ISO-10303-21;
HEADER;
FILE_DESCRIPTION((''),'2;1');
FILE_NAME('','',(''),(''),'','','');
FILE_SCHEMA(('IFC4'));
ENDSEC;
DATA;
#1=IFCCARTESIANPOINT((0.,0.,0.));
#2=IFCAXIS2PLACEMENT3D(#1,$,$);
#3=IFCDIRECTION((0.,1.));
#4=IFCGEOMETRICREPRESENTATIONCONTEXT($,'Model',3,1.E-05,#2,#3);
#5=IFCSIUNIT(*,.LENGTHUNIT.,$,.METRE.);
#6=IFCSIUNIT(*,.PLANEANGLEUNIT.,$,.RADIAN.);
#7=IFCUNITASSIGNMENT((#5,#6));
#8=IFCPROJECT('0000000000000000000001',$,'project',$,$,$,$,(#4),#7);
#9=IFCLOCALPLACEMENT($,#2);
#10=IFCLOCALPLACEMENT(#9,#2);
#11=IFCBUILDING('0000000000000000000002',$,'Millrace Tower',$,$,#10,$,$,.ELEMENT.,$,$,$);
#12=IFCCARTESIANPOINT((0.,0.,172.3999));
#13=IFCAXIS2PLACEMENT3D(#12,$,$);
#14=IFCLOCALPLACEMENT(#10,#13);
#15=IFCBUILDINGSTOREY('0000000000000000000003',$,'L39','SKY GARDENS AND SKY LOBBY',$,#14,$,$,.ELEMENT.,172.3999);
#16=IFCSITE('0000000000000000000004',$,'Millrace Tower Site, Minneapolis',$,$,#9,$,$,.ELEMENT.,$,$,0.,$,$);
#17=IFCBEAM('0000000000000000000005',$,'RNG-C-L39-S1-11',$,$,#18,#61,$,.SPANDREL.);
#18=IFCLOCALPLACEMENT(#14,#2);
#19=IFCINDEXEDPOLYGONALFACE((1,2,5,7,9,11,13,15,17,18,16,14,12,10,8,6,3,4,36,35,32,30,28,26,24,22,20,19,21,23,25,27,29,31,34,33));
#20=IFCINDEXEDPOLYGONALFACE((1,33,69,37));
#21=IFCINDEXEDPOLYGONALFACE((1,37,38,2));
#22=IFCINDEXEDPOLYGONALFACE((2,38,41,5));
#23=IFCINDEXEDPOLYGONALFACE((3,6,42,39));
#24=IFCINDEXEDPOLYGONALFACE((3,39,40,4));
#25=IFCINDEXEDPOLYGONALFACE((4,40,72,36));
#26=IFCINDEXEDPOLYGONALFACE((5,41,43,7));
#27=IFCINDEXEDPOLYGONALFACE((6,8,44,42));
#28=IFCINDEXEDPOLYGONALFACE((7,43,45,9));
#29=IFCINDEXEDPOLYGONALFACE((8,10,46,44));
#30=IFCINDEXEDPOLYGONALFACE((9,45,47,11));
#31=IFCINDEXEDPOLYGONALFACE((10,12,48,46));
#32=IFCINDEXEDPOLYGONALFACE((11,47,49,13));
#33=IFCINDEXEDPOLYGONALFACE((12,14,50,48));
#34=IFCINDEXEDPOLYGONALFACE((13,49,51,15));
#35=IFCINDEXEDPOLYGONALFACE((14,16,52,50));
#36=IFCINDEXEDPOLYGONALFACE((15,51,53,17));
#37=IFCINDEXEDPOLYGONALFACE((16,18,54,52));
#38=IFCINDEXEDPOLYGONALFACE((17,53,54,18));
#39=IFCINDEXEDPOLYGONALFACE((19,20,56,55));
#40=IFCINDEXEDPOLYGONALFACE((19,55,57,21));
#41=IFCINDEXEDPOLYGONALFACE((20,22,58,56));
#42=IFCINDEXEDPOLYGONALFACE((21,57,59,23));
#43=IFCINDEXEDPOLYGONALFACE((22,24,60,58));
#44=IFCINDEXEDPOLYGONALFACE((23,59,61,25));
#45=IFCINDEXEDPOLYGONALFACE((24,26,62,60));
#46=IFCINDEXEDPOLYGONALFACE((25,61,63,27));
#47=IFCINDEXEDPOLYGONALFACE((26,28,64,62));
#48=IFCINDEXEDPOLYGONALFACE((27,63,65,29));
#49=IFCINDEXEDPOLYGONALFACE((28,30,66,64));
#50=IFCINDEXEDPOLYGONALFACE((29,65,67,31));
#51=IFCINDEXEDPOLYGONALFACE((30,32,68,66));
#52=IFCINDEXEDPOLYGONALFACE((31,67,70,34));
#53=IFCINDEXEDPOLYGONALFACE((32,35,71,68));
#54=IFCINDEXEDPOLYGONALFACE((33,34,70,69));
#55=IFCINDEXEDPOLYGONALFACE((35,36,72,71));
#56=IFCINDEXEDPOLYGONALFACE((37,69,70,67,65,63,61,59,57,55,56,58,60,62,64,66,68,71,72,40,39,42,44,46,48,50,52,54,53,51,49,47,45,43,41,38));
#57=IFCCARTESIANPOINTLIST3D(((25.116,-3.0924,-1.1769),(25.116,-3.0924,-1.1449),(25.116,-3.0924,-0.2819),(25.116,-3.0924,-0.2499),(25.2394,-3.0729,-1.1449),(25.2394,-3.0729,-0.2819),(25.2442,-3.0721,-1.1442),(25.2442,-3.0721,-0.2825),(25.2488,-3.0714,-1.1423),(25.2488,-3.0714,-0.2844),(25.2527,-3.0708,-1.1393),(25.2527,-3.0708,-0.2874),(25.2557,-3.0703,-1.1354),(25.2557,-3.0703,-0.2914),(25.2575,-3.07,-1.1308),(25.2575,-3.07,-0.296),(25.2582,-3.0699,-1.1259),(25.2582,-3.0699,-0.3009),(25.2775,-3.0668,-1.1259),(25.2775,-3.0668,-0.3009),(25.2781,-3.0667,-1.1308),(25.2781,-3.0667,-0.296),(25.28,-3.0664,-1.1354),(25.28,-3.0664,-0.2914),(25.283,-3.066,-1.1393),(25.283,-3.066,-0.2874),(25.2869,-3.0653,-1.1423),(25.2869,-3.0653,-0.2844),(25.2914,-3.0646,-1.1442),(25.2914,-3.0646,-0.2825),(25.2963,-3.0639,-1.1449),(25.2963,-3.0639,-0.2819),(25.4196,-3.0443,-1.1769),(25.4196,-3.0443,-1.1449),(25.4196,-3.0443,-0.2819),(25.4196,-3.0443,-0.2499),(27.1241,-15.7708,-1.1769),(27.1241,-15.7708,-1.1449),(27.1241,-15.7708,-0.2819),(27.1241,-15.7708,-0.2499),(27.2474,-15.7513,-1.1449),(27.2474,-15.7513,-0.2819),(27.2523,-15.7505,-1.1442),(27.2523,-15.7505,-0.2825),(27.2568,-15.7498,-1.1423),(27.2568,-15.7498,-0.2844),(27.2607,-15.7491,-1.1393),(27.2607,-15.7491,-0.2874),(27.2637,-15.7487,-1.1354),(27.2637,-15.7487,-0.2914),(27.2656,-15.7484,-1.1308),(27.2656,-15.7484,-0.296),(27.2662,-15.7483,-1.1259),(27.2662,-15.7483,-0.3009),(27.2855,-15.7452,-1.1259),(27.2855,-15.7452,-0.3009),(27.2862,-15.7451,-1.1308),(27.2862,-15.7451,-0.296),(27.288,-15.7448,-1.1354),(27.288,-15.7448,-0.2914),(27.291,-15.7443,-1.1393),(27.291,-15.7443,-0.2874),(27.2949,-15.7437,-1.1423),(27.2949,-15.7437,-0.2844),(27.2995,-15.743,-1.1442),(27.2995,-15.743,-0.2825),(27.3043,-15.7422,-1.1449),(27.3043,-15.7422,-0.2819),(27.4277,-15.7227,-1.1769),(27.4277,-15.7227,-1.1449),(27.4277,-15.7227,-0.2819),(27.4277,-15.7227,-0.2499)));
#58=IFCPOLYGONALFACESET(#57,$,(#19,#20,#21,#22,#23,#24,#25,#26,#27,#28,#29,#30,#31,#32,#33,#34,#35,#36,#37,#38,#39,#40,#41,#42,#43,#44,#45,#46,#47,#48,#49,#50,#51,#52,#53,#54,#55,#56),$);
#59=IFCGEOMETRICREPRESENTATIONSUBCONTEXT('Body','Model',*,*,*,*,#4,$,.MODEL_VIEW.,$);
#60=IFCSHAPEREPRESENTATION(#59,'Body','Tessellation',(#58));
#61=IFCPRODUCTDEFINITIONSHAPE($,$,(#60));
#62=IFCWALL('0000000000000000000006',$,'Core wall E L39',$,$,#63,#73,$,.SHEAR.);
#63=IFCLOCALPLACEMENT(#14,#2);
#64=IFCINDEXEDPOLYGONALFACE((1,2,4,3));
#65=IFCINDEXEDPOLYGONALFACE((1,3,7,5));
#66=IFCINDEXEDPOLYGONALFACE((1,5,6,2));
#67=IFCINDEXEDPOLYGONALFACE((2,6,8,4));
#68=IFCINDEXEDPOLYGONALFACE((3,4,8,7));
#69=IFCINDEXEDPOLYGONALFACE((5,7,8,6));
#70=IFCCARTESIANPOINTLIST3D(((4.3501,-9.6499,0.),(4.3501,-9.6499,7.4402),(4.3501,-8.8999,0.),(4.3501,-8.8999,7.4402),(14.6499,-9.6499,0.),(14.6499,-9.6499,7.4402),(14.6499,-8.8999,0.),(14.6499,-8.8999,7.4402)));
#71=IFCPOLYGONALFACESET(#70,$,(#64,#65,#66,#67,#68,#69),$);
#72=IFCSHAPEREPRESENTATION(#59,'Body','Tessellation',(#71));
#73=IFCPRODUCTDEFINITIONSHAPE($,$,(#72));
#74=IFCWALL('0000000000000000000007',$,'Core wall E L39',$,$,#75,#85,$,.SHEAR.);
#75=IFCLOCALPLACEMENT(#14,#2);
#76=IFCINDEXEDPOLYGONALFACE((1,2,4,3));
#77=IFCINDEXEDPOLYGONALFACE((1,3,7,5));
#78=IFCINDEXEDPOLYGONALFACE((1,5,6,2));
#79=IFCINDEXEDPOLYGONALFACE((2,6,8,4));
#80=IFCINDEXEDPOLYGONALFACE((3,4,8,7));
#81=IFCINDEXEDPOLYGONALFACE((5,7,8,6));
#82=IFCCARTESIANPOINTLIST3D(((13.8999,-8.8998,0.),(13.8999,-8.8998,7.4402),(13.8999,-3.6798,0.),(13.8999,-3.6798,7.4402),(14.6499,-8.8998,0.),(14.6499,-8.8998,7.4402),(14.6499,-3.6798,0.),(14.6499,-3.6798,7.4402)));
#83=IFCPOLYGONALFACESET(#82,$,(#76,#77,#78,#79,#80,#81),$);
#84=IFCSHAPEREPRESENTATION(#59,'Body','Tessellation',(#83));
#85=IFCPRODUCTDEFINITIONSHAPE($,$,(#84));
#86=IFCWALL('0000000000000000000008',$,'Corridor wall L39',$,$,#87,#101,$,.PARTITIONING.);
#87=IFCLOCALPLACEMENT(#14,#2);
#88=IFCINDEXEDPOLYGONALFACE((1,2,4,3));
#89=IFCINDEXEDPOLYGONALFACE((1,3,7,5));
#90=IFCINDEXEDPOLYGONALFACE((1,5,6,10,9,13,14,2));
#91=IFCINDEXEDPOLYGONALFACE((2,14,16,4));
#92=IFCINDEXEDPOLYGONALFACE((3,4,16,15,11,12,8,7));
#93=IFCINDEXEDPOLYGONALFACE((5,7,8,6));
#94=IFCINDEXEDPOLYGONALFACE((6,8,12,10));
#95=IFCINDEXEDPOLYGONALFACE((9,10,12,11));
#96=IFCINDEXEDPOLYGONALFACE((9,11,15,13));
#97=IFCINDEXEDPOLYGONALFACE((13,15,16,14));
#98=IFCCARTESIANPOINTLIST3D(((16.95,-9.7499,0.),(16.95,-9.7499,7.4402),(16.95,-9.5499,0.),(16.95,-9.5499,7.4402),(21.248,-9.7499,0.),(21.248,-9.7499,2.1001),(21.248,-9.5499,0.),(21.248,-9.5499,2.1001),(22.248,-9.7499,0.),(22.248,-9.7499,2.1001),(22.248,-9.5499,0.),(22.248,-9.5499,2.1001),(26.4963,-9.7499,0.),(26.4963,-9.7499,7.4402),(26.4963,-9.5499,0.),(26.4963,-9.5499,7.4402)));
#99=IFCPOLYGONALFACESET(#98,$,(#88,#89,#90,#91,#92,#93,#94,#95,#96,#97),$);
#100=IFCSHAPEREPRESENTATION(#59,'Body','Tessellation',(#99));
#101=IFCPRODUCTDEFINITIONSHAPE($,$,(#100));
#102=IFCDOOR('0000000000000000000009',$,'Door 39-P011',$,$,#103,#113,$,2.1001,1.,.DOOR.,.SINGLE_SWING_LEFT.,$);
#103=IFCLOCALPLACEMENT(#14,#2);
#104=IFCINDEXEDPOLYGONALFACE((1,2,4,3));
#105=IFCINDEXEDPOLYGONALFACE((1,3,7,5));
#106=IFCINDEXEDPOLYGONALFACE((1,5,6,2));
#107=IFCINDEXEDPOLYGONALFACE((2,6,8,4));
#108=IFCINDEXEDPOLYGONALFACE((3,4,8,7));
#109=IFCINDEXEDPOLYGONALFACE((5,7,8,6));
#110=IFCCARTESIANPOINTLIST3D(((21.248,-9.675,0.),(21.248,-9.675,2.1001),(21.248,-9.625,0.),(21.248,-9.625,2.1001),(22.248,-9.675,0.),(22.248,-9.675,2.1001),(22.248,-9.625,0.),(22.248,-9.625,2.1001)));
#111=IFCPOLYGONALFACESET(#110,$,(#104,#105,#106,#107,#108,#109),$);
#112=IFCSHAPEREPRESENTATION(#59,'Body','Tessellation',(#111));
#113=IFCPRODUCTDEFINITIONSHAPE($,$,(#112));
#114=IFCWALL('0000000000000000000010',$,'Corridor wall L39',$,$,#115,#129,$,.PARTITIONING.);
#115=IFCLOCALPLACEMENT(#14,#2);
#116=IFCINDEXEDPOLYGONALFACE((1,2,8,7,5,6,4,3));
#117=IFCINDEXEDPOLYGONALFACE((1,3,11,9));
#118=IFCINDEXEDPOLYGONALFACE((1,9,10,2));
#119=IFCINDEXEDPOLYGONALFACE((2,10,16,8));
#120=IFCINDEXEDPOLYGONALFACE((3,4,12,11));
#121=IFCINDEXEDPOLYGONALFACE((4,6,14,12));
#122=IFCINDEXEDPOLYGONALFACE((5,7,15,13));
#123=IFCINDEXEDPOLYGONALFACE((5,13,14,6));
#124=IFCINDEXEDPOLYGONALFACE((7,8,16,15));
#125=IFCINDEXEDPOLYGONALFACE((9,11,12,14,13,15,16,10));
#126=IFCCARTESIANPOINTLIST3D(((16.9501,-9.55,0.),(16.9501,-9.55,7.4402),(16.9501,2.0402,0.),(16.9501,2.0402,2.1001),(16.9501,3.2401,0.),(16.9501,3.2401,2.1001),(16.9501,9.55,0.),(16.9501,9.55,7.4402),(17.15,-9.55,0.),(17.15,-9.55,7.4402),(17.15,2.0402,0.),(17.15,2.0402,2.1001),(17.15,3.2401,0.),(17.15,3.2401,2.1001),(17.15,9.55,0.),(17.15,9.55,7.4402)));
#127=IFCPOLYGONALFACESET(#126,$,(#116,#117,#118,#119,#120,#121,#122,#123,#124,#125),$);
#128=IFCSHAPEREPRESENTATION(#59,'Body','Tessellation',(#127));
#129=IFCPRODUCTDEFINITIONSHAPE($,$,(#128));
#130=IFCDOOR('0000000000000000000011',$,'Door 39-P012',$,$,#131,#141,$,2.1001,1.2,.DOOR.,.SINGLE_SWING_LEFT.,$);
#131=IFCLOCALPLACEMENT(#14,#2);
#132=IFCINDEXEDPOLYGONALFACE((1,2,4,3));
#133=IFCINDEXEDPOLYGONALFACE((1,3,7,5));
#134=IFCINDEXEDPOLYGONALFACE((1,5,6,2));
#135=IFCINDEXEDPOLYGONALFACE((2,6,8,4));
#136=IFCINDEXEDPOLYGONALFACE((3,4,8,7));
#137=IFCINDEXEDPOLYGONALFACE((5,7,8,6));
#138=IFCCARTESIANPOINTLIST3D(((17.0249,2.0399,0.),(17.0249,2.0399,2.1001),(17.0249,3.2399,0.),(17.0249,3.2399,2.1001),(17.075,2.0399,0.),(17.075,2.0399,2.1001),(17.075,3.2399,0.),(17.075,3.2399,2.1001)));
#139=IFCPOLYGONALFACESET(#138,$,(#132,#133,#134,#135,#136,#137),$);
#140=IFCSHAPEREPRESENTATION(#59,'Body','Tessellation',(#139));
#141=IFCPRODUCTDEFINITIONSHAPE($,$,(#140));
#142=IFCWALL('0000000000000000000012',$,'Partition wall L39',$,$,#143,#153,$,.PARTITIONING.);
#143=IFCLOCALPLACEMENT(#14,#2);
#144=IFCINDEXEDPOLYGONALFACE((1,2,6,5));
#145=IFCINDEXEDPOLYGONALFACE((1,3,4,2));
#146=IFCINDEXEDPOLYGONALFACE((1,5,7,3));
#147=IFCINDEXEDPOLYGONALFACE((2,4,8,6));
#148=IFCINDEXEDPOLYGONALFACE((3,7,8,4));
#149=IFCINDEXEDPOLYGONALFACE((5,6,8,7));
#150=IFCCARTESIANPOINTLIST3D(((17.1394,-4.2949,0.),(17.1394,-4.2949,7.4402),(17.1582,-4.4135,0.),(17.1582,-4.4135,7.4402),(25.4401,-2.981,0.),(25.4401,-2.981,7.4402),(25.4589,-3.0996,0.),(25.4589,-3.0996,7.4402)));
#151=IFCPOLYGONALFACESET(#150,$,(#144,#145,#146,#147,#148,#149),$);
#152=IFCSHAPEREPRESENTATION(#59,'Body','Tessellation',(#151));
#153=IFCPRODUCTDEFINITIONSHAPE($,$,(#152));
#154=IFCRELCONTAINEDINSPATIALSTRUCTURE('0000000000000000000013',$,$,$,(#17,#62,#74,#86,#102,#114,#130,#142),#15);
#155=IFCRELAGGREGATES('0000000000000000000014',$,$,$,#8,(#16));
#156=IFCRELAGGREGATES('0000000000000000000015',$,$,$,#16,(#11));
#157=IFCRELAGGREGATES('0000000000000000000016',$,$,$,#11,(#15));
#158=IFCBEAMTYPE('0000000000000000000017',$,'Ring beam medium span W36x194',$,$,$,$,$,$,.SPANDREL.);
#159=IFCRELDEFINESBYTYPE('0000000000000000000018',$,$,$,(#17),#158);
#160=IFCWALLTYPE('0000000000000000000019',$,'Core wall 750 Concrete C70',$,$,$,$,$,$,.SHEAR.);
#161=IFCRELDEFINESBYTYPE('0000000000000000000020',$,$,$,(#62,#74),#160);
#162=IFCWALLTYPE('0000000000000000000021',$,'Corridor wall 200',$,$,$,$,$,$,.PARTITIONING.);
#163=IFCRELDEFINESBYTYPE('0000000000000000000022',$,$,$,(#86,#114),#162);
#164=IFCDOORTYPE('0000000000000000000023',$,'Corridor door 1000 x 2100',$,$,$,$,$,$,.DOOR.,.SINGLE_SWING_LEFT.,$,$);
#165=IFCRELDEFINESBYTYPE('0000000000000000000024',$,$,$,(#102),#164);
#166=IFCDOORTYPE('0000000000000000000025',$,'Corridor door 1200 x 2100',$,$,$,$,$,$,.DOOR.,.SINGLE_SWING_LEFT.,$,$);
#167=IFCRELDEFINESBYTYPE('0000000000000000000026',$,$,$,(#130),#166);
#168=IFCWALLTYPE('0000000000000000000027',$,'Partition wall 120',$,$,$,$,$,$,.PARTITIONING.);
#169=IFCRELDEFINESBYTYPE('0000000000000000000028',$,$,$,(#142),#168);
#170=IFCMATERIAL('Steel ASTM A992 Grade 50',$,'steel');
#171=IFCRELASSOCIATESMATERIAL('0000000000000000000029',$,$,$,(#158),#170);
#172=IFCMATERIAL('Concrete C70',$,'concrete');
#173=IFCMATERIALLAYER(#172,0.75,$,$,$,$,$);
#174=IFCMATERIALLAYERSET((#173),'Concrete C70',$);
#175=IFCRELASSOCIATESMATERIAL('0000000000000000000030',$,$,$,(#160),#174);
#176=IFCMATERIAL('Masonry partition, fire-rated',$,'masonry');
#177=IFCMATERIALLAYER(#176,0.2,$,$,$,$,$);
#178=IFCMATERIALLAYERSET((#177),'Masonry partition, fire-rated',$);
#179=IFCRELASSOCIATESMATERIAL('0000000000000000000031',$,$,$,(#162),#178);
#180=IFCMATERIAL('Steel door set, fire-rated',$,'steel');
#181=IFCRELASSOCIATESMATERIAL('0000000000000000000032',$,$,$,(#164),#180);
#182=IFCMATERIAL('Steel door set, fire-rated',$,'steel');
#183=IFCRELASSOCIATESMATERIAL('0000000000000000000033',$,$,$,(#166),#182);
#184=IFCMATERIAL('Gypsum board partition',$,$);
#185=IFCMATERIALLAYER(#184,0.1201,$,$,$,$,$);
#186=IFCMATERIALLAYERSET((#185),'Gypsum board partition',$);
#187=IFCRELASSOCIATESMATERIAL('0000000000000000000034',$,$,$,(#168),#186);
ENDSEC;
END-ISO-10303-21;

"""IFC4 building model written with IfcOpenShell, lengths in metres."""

from ifc_helpers import new_model, si_unit, direction, frame, frame_2d, origin, origin_2d, place, context, subcontext, project, spatial, rectangle, i_section, extrude, material, layer, layer_set, material_profile, profile_set, type_object, element, fill, save


model = new_model("IFC4")

# Units and contexts
model_context = context("Model", 3, precision=1e-05, world=origin(), true_north=direction((0.0, 1.0)))
body_context = subcontext(model_context, "Body", "Model", "MODEL_VIEW")
ifc_project = project(units=[si_unit("LENGTHUNIT", "METRE"), si_unit("PLANEANGLEUNIT", "RADIAN")], contexts=[model_context])

# Site, building, storey
site_placement = place(None, origin())
site = spatial("IfcSite", under=ifc_project, at=site_placement, Name="Millrace Tower Site, Minneapolis", CompositionType="ELEMENT", RefElevation=0.0)
building_placement = place(site_placement, origin())
building = spatial("IfcBuilding", under=site, at=building_placement, Name="Millrace Tower", CompositionType="ELEMENT")
storey_placement = place(building_placement, frame((0.0, 0.0, 172.3999)))
storey = spatial("IfcBuildingStorey", under=building, at=storey_placement, Name="L39", Description="SKY GARDENS AND SKY LOBBY", CompositionType="ELEMENT", Elevation=172.3999)

# Beam
ifc_material_1 = material(Name="Steel ASTM A992 Grade 50", Category="steel")
ifc_material_profile_1 = material_profile(ifc_material_1, i_section(OverallWidth=0.3074, OverallDepth=0.927, WebThickness=0.0195, FlangeThickness=0.032, FilletRadius=0.019, at=origin_2d()))
ifc_profile_set_1 = profile_set([ifc_material_profile_1], Name="Steel ASTM A992 Grade 50")
beam_type_1 = type_object("IfcBeamType", Name="Ring beam medium span W36x194", PredefinedType="SPANDREL", material=ifc_profile_set_1)
beam_1_placement = place(storey_placement, frame((25.2678, -3.0684, -0.7134), z_axis=(0.156433, -0.987689, 0.0), x_axis=(0.987689, 0.156433, 0.0)))
element("IfcBeam", 1, at=beam_1_placement, inside=storey, type_object=beam_type_1, Name="RNG-C-L39-S1-11", PredefinedType="SPANDREL", context=body_context, shape_type="SweptSolid", body=[
    extrude(i_section(OverallWidth=0.3074, OverallDepth=0.927, WebThickness=0.0195, FlangeThickness=0.032, FilletRadius=0.019, at=origin_2d()), origin(), (0.0, 0.0, 1.0), 12.8364),
])

# Walls
ifc_material_2 = material(Name="Concrete C70", Category="concrete")
ifc_layer_1 = layer(ifc_material_2, 0.75)
ifc_layer_set_1 = layer_set([ifc_layer_1], Name="Concrete C70")
wall_type_1 = type_object("IfcWallType", Name="Core wall 750 Concrete C70", PredefinedType="SHEAR", material=ifc_layer_set_1)
wall_1_placement = place(storey_placement, frame((14.6499, -9.2749, 0.0), z_axis=(0.0, 0.0, 1.0), x_axis=(-1.0, 0.0, 0.0)))
element("IfcWall", 2, at=wall_1_placement, inside=storey, type_object=wall_type_1, Name="Core wall E L39", PredefinedType="SHEAR", context=body_context, shape_type="SweptSolid", body=[
    extrude(rectangle(XDim=10.2998, YDim=0.75, at=frame_2d((5.1499, 0.0))), origin(), (0.0, 0.0, 1.0), 7.4402),
])
wall_2_placement = place(storey_placement, frame((14.2749, -3.6799, 0.0), z_axis=(0.0, 0.0, 1.0), x_axis=(0.0, -1.0, 0.0)))
element("IfcWall", 3, at=wall_2_placement, inside=storey, type_object=wall_type_1, Name="Core wall E L39", PredefinedType="SHEAR", context=body_context, shape_type="SweptSolid", body=[
    extrude(rectangle(XDim=5.22, YDim=0.75, at=frame_2d((2.6099, 0.0))), origin(), (0.0, 0.0, 1.0), 7.4402),
])

# Walls, openings, doors
ifc_material_3 = material(Name="Masonry partition, fire-rated", Category="masonry")
ifc_layer_2 = layer(ifc_material_3, 0.2)
ifc_layer_set_2 = layer_set([ifc_layer_2], Name="Masonry partition, fire-rated")
wall_type_2 = type_object("IfcWallType", Name="Corridor wall 200", PredefinedType="PARTITIONING", material=ifc_layer_set_2)
wall_3_placement = place(storey_placement, frame((16.95, -9.6499, 0.0), z_axis=(0.0, 0.0, 1.0), x_axis=(1.0, 0.0, 0.0)))
wall_3 = element("IfcWall", 4, at=wall_3_placement, inside=storey, type_object=wall_type_2, Name="Corridor wall L39", PredefinedType="PARTITIONING", context=body_context, shape_type="SweptSolid", body=[
    extrude(rectangle(XDim=9.5464, YDim=0.2, at=frame_2d((4.7732, 0.0))), origin(), (0.0, 0.0, 1.0), 7.4402),
])
opening_1_placement = place(wall_3_placement, frame((4.2981, 0.0, 0.0)))
opening_1 = element("IfcOpeningElement", 5, at=opening_1_placement, cuts=wall_3, PredefinedType="OPENING", context=body_context, shape_type="SweptSolid", body=[
    extrude(rectangle(XDim=1.0, YDim=2.1001, at=frame_2d((0.5, 1.05))), frame((0.0, 0.1099, 0.0), z_axis=(0.0, -1.0, 0.0), x_axis=(1.0, 0.0, 0.0)), (0.0, 0.0, 1.0), 0.22),
])
ifc_material_4 = material(Name="Steel door set, fire-rated", Category="steel")
door_type_1 = type_object("IfcDoorType", Name="Corridor door 1000 x 2100", OperationType="SINGLE_SWING_LEFT", PredefinedType="DOOR", material=ifc_material_4)
door_1_placement = place(opening_1_placement, origin())
door_1 = element("IfcDoor", 6, at=door_1_placement, inside=storey, type_object=door_type_1, Name="Door 39-P011", OperationType="SINGLE_SWING_LEFT", OverallHeight=2.1001, OverallWidth=1.0, PredefinedType="DOOR", context=body_context, shape_type="SweptSolid", body=[
    extrude(rectangle(XDim=1.0, YDim=2.1001, at=frame_2d((0.5, 1.05))), frame((0.0, 0.0249, 0.0), z_axis=(0.0, -1.0, 0.0), x_axis=(1.0, 0.0, 0.0)), (0.0, 0.0, 1.0), 0.05),
])
fill(opening_1, door_1)
wall_4_placement = place(storey_placement, frame((17.05, -9.55, 0.0), z_axis=(0.0, 0.0, 1.0), x_axis=(0.0, 1.0, 0.0)))
wall_4 = element("IfcWall", 7, at=wall_4_placement, inside=storey, type_object=wall_type_2, Name="Corridor wall L39", PredefinedType="PARTITIONING", context=body_context, shape_type="SweptSolid", body=[
    extrude(rectangle(XDim=19.1001, YDim=0.2, at=frame_2d((9.55, 0.0))), origin(), (0.0, 0.0, 1.0), 7.4402),
])
opening_2_placement = place(wall_4_placement, frame((11.5901, 0.0, 0.0)))
opening_2 = element("IfcOpeningElement", 8, at=opening_2_placement, cuts=wall_4, PredefinedType="OPENING", context=body_context, shape_type="SweptSolid", body=[
    extrude(rectangle(XDim=1.2, YDim=2.1001, at=frame_2d((0.6001, 1.05))), frame((0.0, 0.1099, 0.0), z_axis=(0.0, -1.0, 0.0), x_axis=(1.0, 0.0, 0.0)), (0.0, 0.0, 1.0), 0.22),
])
ifc_material_5 = material(Name="Steel door set, fire-rated", Category="steel")
door_type_2 = type_object("IfcDoorType", Name="Corridor door 1200 x 2100", OperationType="SINGLE_SWING_LEFT", PredefinedType="DOOR", material=ifc_material_5)
door_2_placement = place(opening_2_placement, frame((1.2, 0.0, 0.0), z_axis=(0.0, 0.0, 1.0), x_axis=(-1.0, 0.0, 0.0)))
door_2 = element("IfcDoor", 9, at=door_2_placement, inside=storey, type_object=door_type_2, Name="Door 39-P012", OperationType="SINGLE_SWING_LEFT", OverallHeight=2.1001, OverallWidth=1.2, PredefinedType="DOOR", context=body_context, shape_type="SweptSolid", body=[
    extrude(rectangle(XDim=1.2, YDim=2.1001, at=frame_2d((0.6001, 1.05))), frame((0.0, 0.0249, 0.0), z_axis=(0.0, -1.0, 0.0), x_axis=(1.0, 0.0, 0.0)), (0.0, 0.0, 1.0), 0.05),
])
fill(opening_2, door_2)

# Wall
ifc_material_6 = material(Name="Gypsum board partition")
ifc_layer_3 = layer(ifc_material_6, 0.1201)
ifc_layer_set_3 = layer_set([ifc_layer_3], Name="Gypsum board partition")
wall_type_3 = type_object("IfcWallType", Name="Partition wall 120", PredefinedType="PARTITIONING", material=ifc_layer_set_3)
wall_5_placement = place(storey_placement, frame((17.1487, -4.3542, 0.0), z_axis=(0.0, 0.0, 1.0), x_axis=(0.987702, 0.156347, 0.0)))
element("IfcWall", 10, at=wall_5_placement, inside=storey, type_object=wall_type_3, Name="Partition wall L39", PredefinedType="PARTITIONING", context=body_context, shape_type="SweptSolid", body=[
    extrude(rectangle(XDim=8.4041, YDim=0.1201, at=frame_2d((4.2021, 0.0))), origin(), (0.0, 0.0, 1.0), 7.4402),
])

save(model, "model.ifc")
